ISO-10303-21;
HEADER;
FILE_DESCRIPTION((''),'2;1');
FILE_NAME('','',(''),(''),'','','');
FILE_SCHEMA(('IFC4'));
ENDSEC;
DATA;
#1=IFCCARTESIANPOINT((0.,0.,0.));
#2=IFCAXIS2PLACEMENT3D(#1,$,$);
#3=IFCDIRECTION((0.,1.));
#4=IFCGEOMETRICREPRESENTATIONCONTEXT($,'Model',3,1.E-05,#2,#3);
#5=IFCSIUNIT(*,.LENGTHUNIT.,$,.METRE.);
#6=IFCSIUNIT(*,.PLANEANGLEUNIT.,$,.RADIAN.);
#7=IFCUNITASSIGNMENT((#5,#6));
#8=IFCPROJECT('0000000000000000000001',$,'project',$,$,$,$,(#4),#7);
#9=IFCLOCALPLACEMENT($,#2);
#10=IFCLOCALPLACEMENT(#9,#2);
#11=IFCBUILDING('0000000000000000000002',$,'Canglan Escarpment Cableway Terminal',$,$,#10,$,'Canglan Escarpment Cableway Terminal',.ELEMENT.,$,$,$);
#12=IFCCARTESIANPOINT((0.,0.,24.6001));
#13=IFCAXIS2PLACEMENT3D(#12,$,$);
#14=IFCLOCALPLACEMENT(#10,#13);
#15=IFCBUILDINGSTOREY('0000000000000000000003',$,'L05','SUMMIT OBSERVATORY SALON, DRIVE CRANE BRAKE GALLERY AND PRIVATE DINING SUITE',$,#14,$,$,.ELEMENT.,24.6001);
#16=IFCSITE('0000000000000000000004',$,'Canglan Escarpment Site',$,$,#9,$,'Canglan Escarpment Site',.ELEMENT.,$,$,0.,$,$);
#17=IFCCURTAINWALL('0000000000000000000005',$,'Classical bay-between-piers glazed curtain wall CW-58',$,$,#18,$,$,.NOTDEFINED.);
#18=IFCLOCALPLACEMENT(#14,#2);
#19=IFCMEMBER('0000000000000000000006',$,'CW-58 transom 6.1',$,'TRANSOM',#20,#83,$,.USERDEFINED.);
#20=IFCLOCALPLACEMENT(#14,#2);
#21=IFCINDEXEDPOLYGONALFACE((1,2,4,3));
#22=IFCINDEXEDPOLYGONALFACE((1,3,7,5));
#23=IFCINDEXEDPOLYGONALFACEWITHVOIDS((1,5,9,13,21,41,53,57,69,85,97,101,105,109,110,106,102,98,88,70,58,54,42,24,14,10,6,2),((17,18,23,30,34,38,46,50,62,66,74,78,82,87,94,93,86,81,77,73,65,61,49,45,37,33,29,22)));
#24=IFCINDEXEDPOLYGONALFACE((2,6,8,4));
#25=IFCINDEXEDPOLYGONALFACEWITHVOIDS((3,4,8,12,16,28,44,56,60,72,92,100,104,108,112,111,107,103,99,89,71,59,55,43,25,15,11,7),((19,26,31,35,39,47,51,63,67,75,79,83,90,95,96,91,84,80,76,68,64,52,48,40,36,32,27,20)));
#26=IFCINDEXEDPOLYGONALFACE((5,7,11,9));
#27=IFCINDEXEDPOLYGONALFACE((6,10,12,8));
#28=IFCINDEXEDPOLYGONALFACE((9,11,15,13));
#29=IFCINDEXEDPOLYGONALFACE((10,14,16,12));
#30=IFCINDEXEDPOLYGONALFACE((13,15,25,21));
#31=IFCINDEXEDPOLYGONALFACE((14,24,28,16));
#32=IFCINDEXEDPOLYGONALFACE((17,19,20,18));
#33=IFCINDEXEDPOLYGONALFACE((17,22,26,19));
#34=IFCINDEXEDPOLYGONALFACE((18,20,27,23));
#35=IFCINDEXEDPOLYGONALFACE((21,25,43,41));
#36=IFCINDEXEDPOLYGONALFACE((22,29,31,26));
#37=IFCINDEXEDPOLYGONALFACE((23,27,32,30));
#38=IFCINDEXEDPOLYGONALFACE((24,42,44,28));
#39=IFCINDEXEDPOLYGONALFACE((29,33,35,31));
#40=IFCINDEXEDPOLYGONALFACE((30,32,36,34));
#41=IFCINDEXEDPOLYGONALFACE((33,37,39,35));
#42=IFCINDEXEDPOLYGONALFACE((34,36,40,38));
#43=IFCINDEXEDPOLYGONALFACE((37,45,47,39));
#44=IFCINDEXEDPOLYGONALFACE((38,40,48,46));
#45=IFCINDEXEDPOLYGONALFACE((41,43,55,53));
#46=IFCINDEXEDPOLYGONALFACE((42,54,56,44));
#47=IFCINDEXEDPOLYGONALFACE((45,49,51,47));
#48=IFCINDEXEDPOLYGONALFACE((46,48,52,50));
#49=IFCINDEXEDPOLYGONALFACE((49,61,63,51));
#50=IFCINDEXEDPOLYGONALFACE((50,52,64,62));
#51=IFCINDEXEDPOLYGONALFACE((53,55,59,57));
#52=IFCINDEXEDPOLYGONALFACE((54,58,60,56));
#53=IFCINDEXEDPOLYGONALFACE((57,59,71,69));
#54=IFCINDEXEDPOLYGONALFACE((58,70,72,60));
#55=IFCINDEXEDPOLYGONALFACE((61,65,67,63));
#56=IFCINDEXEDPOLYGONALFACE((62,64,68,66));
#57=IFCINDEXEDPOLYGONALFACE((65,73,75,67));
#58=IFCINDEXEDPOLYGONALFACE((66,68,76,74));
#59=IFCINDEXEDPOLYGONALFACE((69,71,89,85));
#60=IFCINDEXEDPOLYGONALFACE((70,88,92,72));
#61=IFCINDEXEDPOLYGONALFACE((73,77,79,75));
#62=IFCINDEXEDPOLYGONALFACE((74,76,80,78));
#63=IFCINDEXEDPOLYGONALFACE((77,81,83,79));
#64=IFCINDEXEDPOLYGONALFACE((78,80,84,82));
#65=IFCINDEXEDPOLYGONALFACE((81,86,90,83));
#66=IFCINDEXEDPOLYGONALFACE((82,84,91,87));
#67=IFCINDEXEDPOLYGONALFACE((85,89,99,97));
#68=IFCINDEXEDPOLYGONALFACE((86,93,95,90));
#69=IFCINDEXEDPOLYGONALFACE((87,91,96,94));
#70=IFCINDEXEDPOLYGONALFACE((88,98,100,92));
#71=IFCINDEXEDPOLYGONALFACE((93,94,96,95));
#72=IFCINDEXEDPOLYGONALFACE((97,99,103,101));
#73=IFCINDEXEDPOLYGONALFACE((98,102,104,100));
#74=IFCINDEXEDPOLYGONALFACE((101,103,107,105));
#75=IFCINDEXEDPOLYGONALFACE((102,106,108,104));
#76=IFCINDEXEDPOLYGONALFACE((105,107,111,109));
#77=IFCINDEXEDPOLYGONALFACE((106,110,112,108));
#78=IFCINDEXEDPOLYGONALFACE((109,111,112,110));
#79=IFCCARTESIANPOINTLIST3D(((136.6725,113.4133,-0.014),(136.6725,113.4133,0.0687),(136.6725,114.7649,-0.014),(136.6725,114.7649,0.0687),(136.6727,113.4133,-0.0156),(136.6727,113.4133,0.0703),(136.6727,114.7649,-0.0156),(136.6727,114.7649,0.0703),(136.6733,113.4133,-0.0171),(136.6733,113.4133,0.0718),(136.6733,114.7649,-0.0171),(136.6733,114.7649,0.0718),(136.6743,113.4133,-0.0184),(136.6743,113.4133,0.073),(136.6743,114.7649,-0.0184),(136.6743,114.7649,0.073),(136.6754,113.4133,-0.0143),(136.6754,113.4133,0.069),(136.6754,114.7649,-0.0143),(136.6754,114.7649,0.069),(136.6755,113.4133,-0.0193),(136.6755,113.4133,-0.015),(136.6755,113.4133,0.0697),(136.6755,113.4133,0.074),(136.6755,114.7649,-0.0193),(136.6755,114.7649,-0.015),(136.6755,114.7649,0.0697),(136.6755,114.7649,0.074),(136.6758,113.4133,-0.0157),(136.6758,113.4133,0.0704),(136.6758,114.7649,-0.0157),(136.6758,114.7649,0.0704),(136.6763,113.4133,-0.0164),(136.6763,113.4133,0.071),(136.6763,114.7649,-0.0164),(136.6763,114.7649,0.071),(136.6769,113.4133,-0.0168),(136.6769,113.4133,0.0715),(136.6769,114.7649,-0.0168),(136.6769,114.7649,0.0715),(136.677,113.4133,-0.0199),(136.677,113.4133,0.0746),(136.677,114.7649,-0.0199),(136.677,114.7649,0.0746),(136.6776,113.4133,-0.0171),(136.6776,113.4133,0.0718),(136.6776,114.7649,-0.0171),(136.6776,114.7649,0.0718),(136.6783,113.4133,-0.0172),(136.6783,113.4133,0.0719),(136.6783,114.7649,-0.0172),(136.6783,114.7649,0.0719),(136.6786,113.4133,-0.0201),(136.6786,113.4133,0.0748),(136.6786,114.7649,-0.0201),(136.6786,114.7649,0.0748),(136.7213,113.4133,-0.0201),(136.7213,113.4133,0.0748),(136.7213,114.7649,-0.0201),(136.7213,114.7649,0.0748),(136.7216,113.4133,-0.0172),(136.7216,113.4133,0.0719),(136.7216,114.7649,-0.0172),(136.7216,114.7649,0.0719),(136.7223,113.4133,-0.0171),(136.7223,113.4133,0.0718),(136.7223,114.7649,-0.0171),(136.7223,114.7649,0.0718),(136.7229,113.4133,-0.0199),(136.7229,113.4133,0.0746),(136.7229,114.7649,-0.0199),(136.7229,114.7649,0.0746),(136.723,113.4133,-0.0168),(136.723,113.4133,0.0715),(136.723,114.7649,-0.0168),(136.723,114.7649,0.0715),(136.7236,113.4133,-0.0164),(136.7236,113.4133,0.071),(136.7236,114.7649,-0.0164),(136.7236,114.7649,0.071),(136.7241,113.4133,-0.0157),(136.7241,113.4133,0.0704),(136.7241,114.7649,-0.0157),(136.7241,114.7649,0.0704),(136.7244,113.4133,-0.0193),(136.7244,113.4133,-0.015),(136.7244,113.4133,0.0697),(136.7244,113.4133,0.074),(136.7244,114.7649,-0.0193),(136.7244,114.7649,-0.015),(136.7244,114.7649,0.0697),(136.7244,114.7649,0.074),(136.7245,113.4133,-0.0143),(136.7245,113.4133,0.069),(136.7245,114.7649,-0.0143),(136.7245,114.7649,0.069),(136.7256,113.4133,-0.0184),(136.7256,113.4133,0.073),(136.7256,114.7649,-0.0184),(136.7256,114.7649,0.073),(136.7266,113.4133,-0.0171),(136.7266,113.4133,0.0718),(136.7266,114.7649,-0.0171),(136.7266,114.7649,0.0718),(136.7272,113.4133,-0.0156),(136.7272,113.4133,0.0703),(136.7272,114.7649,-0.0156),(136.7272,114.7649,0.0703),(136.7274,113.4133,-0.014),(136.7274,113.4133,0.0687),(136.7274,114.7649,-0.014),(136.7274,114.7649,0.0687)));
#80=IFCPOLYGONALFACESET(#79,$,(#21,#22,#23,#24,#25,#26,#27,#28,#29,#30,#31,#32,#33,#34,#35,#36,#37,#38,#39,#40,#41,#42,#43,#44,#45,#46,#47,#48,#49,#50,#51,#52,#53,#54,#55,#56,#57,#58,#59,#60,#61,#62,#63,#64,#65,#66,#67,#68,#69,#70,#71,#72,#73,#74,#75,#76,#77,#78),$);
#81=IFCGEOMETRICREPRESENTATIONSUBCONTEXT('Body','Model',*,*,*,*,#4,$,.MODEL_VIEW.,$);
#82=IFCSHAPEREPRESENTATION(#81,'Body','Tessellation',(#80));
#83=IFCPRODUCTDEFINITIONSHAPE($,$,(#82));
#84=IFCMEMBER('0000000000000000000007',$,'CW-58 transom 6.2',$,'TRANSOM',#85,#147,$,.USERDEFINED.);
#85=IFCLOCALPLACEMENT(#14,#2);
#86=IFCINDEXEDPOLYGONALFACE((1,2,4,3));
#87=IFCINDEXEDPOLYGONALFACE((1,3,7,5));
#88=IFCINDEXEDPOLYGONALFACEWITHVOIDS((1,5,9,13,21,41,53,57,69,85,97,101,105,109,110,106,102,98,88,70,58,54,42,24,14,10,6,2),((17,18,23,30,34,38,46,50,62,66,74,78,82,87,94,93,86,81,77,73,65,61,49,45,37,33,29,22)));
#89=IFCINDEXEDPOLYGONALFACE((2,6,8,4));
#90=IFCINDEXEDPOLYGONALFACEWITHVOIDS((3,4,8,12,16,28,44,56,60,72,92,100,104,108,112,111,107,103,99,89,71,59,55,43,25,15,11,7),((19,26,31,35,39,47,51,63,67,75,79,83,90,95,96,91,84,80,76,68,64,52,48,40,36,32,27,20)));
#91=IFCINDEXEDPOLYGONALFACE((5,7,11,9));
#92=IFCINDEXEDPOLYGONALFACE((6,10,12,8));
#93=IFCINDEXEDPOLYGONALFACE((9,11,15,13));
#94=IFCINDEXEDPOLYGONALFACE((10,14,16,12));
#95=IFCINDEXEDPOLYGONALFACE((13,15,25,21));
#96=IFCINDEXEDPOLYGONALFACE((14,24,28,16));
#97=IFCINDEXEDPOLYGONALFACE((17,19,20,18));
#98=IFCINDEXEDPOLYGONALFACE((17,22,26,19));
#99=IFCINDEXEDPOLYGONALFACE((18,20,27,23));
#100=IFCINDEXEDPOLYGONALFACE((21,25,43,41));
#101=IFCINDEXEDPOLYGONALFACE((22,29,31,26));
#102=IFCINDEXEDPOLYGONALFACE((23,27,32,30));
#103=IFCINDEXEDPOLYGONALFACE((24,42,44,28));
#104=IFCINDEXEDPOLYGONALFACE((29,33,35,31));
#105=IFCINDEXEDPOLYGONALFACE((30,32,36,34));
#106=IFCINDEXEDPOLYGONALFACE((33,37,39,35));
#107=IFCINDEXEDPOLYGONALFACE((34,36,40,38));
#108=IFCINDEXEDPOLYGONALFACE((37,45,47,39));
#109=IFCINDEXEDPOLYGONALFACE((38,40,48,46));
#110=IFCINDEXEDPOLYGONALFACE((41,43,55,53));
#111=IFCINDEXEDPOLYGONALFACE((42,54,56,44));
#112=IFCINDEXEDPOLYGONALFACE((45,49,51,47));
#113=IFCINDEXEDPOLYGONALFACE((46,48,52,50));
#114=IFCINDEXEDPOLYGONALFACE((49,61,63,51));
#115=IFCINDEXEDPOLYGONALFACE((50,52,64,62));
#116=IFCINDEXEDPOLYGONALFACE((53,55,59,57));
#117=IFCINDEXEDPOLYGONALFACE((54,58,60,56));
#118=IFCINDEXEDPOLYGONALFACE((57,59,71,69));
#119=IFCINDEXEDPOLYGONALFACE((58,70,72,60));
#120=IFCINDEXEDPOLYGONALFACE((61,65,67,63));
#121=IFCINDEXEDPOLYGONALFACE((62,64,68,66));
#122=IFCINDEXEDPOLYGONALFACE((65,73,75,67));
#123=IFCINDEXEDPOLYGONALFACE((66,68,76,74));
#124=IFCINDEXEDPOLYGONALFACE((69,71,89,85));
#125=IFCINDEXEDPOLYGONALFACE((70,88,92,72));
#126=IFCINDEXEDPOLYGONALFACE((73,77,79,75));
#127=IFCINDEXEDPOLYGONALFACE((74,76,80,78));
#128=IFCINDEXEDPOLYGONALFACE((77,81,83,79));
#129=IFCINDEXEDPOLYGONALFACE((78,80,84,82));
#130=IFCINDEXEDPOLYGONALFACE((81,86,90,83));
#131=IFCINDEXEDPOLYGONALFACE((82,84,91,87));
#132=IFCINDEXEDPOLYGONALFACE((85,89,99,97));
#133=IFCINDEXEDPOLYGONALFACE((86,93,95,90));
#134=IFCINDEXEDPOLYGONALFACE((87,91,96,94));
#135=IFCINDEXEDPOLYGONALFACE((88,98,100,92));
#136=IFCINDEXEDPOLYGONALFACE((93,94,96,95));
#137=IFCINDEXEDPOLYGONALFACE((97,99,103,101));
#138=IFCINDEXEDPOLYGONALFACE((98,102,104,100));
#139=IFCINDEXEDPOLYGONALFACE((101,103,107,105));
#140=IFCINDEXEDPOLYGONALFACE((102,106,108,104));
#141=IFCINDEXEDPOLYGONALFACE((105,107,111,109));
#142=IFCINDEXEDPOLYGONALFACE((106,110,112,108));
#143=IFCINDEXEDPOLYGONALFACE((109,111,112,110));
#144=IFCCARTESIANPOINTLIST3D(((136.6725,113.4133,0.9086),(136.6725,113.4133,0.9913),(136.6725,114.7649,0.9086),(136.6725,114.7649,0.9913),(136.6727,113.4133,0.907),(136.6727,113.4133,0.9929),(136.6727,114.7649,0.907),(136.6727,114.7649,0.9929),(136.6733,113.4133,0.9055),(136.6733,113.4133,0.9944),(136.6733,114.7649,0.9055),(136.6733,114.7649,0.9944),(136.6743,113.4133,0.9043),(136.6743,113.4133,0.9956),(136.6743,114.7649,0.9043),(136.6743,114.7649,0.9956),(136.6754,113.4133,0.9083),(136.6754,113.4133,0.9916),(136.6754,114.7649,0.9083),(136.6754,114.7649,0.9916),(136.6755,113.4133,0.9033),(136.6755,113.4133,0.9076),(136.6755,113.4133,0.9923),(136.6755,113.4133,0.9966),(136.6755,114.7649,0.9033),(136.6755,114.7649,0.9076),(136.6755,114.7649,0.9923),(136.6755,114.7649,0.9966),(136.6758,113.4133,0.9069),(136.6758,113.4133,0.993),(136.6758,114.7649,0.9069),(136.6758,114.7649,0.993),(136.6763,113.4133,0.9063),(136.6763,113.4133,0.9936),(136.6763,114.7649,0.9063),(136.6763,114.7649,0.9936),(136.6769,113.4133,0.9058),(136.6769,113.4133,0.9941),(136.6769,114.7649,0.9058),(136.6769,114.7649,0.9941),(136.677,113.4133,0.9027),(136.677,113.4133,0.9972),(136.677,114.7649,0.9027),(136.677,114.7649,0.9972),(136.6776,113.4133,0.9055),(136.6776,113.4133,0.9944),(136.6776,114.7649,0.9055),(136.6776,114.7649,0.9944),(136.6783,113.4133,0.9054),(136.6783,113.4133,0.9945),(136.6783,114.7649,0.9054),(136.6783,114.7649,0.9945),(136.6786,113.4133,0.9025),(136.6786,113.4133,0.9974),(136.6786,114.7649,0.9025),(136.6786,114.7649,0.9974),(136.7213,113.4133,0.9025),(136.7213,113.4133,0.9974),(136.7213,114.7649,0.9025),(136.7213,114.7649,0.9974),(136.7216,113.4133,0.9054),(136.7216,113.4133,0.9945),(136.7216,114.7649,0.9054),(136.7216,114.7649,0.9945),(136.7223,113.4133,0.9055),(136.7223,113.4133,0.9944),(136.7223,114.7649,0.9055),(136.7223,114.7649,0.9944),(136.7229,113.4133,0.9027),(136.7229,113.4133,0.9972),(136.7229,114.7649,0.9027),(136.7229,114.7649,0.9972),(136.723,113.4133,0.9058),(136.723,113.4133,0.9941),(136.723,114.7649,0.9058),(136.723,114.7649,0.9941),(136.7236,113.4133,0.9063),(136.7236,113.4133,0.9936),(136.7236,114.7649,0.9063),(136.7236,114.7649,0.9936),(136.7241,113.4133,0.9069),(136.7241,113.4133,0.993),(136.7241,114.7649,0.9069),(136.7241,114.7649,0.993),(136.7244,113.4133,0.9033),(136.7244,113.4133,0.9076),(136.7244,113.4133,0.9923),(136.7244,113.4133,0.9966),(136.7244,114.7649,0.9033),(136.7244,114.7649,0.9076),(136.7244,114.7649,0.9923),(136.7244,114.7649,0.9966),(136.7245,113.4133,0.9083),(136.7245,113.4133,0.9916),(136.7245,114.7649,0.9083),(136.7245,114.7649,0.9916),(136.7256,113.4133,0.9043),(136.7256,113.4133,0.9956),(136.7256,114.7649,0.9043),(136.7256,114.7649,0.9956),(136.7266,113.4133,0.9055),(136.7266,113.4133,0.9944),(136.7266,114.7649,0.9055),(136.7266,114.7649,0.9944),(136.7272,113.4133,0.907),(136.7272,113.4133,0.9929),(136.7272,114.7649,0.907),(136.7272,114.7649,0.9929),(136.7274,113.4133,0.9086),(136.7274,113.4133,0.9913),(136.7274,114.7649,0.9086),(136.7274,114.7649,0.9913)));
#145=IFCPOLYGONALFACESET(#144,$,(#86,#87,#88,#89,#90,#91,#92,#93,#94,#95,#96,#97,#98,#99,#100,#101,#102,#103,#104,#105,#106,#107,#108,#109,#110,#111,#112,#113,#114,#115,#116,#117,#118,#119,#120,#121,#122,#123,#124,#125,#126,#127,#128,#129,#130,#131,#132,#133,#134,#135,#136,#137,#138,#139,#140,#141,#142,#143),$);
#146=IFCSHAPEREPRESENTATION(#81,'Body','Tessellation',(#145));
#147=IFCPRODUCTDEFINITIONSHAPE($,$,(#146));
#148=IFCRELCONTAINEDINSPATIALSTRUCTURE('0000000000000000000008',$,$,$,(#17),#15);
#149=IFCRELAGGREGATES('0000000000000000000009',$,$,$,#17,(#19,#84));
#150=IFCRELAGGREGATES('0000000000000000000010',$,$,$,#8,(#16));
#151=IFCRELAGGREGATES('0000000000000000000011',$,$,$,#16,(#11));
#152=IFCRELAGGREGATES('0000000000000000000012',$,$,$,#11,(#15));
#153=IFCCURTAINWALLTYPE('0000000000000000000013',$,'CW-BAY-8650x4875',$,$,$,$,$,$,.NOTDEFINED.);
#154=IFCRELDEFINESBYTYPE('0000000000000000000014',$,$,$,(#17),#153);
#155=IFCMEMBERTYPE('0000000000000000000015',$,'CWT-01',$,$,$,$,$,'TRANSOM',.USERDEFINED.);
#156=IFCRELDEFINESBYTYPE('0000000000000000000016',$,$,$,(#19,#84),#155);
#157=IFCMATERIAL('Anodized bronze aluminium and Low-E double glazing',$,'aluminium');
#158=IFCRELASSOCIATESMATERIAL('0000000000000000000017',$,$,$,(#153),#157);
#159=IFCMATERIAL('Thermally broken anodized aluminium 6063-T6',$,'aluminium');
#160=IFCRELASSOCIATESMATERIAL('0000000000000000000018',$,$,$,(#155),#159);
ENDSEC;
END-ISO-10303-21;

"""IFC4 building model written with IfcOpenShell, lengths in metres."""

from ifc_helpers import new_model, si_unit, direction, frame, origin, origin_2d, place, context, subcontext, project, spatial, hollow_rectangle, extrude, material, material_profile, profile_set, type_object, element, aggregate, save


model = new_model("IFC4")

# Units and contexts
model_context = context("Model", 3, precision=1e-05, world=origin(), true_north=direction((0.0, 1.0)))
body_context = subcontext(model_context, "Body", "Model", "MODEL_VIEW")
ifc_project = project(units=[si_unit("LENGTHUNIT", "METRE"), si_unit("PLANEANGLEUNIT", "RADIAN")], contexts=[model_context])

# Site, building, storey
site_placement = place(None, origin())
site = spatial("IfcSite", under=ifc_project, at=site_placement, Name="Canglan Escarpment Site", LongName="Canglan Escarpment Site", CompositionType="ELEMENT", RefElevation=0.0)
building_placement = place(site_placement, origin())
building = spatial("IfcBuilding", under=site, at=building_placement, Name="Canglan Escarpment Cableway Terminal", LongName="Canglan Escarpment Cableway Terminal", CompositionType="ELEMENT")
storey_placement = place(building_placement, frame((0.0, 0.0, 24.6001)))
storey = spatial("IfcBuildingStorey", under=building, at=storey_placement, Name="L05", Description="SUMMIT OBSERVATORY SALON, DRIVE CRANE BRAKE GALLERY AND PRIVATE DINING SUITE", CompositionType="ELEMENT", Elevation=24.6001)

# Curtain wall, members
ifc_material_1 = material(Name="Anodized bronze aluminium and Low-E double glazing", Category="aluminium")
curtain_wall_type = type_object("IfcCurtainWallType", Name="CW-BAY-8650x4875", PredefinedType="NOTDEFINED", material=ifc_material_1)
curtain_wall_placement = place(storey_placement, origin())
curtain_wall = element("IfcCurtainWall", 1, at=curtain_wall_placement, inside=storey, type_object=curtain_wall_type, Name="Classical bay-between-piers glazed curtain wall CW-58", PredefinedType="NOTDEFINED")
ifc_material_2 = material(Name="Thermally broken anodized aluminium 6063-T6", Category="aluminium")
ifc_material_profile_1 = material_profile(ifc_material_2, hollow_rectangle(XDim=0.0549, YDim=0.095, WallThickness=0.0029, InnerFilletRadius=0.0029, OuterFilletRadius=0.0061, at=origin_2d()), Name="ALU-TRAN 55x95x3")
ifc_profile_set_1 = profile_set([ifc_material_profile_1], Name="Thermally broken anodized aluminium 6063-T6")
member_type_1 = type_object("IfcMemberType", Name="CWT-01", ElementType="TRANSOM", PredefinedType="USERDEFINED", material=ifc_profile_set_1)
member_1_placement = place(storey_placement, frame((136.7, 113.4133, 0.0273), z_axis=(0.0, 1.0, 0.0), x_axis=(-1.0, 0.0, 0.0)))
member_1 = element("IfcMember", 2, at=member_1_placement, type_object=member_type_1, Name="CW-58 transom 6.1", ObjectType="TRANSOM", PredefinedType="USERDEFINED", context=body_context, shape_type="SweptSolid", body=[
    extrude(hollow_rectangle(XDim=0.0549, YDim=0.095, WallThickness=0.0029, InnerFilletRadius=0.0029, OuterFilletRadius=0.0061, at=origin_2d()), origin(), (0.0, 0.0, 1.0), 1.3516),
])
member_2_placement = place(storey_placement, frame((136.7, 113.4133, 0.95), z_axis=(0.0, 1.0, 0.0), x_axis=(-1.0, 0.0, 0.0)))
member_2 = element("IfcMember", 3, at=member_2_placement, type_object=member_type_1, Name="CW-58 transom 6.2", ObjectType="TRANSOM", PredefinedType="USERDEFINED", context=body_context, shape_type="SweptSolid", body=[
    extrude(hollow_rectangle(XDim=0.0549, YDim=0.095, WallThickness=0.0029, InnerFilletRadius=0.0029, OuterFilletRadius=0.0061, at=origin_2d()), origin(), (0.0, 0.0, 1.0), 1.3516),
])

aggregate(curtain_wall, [member_1, member_2])

save(model, "model.ifc")
